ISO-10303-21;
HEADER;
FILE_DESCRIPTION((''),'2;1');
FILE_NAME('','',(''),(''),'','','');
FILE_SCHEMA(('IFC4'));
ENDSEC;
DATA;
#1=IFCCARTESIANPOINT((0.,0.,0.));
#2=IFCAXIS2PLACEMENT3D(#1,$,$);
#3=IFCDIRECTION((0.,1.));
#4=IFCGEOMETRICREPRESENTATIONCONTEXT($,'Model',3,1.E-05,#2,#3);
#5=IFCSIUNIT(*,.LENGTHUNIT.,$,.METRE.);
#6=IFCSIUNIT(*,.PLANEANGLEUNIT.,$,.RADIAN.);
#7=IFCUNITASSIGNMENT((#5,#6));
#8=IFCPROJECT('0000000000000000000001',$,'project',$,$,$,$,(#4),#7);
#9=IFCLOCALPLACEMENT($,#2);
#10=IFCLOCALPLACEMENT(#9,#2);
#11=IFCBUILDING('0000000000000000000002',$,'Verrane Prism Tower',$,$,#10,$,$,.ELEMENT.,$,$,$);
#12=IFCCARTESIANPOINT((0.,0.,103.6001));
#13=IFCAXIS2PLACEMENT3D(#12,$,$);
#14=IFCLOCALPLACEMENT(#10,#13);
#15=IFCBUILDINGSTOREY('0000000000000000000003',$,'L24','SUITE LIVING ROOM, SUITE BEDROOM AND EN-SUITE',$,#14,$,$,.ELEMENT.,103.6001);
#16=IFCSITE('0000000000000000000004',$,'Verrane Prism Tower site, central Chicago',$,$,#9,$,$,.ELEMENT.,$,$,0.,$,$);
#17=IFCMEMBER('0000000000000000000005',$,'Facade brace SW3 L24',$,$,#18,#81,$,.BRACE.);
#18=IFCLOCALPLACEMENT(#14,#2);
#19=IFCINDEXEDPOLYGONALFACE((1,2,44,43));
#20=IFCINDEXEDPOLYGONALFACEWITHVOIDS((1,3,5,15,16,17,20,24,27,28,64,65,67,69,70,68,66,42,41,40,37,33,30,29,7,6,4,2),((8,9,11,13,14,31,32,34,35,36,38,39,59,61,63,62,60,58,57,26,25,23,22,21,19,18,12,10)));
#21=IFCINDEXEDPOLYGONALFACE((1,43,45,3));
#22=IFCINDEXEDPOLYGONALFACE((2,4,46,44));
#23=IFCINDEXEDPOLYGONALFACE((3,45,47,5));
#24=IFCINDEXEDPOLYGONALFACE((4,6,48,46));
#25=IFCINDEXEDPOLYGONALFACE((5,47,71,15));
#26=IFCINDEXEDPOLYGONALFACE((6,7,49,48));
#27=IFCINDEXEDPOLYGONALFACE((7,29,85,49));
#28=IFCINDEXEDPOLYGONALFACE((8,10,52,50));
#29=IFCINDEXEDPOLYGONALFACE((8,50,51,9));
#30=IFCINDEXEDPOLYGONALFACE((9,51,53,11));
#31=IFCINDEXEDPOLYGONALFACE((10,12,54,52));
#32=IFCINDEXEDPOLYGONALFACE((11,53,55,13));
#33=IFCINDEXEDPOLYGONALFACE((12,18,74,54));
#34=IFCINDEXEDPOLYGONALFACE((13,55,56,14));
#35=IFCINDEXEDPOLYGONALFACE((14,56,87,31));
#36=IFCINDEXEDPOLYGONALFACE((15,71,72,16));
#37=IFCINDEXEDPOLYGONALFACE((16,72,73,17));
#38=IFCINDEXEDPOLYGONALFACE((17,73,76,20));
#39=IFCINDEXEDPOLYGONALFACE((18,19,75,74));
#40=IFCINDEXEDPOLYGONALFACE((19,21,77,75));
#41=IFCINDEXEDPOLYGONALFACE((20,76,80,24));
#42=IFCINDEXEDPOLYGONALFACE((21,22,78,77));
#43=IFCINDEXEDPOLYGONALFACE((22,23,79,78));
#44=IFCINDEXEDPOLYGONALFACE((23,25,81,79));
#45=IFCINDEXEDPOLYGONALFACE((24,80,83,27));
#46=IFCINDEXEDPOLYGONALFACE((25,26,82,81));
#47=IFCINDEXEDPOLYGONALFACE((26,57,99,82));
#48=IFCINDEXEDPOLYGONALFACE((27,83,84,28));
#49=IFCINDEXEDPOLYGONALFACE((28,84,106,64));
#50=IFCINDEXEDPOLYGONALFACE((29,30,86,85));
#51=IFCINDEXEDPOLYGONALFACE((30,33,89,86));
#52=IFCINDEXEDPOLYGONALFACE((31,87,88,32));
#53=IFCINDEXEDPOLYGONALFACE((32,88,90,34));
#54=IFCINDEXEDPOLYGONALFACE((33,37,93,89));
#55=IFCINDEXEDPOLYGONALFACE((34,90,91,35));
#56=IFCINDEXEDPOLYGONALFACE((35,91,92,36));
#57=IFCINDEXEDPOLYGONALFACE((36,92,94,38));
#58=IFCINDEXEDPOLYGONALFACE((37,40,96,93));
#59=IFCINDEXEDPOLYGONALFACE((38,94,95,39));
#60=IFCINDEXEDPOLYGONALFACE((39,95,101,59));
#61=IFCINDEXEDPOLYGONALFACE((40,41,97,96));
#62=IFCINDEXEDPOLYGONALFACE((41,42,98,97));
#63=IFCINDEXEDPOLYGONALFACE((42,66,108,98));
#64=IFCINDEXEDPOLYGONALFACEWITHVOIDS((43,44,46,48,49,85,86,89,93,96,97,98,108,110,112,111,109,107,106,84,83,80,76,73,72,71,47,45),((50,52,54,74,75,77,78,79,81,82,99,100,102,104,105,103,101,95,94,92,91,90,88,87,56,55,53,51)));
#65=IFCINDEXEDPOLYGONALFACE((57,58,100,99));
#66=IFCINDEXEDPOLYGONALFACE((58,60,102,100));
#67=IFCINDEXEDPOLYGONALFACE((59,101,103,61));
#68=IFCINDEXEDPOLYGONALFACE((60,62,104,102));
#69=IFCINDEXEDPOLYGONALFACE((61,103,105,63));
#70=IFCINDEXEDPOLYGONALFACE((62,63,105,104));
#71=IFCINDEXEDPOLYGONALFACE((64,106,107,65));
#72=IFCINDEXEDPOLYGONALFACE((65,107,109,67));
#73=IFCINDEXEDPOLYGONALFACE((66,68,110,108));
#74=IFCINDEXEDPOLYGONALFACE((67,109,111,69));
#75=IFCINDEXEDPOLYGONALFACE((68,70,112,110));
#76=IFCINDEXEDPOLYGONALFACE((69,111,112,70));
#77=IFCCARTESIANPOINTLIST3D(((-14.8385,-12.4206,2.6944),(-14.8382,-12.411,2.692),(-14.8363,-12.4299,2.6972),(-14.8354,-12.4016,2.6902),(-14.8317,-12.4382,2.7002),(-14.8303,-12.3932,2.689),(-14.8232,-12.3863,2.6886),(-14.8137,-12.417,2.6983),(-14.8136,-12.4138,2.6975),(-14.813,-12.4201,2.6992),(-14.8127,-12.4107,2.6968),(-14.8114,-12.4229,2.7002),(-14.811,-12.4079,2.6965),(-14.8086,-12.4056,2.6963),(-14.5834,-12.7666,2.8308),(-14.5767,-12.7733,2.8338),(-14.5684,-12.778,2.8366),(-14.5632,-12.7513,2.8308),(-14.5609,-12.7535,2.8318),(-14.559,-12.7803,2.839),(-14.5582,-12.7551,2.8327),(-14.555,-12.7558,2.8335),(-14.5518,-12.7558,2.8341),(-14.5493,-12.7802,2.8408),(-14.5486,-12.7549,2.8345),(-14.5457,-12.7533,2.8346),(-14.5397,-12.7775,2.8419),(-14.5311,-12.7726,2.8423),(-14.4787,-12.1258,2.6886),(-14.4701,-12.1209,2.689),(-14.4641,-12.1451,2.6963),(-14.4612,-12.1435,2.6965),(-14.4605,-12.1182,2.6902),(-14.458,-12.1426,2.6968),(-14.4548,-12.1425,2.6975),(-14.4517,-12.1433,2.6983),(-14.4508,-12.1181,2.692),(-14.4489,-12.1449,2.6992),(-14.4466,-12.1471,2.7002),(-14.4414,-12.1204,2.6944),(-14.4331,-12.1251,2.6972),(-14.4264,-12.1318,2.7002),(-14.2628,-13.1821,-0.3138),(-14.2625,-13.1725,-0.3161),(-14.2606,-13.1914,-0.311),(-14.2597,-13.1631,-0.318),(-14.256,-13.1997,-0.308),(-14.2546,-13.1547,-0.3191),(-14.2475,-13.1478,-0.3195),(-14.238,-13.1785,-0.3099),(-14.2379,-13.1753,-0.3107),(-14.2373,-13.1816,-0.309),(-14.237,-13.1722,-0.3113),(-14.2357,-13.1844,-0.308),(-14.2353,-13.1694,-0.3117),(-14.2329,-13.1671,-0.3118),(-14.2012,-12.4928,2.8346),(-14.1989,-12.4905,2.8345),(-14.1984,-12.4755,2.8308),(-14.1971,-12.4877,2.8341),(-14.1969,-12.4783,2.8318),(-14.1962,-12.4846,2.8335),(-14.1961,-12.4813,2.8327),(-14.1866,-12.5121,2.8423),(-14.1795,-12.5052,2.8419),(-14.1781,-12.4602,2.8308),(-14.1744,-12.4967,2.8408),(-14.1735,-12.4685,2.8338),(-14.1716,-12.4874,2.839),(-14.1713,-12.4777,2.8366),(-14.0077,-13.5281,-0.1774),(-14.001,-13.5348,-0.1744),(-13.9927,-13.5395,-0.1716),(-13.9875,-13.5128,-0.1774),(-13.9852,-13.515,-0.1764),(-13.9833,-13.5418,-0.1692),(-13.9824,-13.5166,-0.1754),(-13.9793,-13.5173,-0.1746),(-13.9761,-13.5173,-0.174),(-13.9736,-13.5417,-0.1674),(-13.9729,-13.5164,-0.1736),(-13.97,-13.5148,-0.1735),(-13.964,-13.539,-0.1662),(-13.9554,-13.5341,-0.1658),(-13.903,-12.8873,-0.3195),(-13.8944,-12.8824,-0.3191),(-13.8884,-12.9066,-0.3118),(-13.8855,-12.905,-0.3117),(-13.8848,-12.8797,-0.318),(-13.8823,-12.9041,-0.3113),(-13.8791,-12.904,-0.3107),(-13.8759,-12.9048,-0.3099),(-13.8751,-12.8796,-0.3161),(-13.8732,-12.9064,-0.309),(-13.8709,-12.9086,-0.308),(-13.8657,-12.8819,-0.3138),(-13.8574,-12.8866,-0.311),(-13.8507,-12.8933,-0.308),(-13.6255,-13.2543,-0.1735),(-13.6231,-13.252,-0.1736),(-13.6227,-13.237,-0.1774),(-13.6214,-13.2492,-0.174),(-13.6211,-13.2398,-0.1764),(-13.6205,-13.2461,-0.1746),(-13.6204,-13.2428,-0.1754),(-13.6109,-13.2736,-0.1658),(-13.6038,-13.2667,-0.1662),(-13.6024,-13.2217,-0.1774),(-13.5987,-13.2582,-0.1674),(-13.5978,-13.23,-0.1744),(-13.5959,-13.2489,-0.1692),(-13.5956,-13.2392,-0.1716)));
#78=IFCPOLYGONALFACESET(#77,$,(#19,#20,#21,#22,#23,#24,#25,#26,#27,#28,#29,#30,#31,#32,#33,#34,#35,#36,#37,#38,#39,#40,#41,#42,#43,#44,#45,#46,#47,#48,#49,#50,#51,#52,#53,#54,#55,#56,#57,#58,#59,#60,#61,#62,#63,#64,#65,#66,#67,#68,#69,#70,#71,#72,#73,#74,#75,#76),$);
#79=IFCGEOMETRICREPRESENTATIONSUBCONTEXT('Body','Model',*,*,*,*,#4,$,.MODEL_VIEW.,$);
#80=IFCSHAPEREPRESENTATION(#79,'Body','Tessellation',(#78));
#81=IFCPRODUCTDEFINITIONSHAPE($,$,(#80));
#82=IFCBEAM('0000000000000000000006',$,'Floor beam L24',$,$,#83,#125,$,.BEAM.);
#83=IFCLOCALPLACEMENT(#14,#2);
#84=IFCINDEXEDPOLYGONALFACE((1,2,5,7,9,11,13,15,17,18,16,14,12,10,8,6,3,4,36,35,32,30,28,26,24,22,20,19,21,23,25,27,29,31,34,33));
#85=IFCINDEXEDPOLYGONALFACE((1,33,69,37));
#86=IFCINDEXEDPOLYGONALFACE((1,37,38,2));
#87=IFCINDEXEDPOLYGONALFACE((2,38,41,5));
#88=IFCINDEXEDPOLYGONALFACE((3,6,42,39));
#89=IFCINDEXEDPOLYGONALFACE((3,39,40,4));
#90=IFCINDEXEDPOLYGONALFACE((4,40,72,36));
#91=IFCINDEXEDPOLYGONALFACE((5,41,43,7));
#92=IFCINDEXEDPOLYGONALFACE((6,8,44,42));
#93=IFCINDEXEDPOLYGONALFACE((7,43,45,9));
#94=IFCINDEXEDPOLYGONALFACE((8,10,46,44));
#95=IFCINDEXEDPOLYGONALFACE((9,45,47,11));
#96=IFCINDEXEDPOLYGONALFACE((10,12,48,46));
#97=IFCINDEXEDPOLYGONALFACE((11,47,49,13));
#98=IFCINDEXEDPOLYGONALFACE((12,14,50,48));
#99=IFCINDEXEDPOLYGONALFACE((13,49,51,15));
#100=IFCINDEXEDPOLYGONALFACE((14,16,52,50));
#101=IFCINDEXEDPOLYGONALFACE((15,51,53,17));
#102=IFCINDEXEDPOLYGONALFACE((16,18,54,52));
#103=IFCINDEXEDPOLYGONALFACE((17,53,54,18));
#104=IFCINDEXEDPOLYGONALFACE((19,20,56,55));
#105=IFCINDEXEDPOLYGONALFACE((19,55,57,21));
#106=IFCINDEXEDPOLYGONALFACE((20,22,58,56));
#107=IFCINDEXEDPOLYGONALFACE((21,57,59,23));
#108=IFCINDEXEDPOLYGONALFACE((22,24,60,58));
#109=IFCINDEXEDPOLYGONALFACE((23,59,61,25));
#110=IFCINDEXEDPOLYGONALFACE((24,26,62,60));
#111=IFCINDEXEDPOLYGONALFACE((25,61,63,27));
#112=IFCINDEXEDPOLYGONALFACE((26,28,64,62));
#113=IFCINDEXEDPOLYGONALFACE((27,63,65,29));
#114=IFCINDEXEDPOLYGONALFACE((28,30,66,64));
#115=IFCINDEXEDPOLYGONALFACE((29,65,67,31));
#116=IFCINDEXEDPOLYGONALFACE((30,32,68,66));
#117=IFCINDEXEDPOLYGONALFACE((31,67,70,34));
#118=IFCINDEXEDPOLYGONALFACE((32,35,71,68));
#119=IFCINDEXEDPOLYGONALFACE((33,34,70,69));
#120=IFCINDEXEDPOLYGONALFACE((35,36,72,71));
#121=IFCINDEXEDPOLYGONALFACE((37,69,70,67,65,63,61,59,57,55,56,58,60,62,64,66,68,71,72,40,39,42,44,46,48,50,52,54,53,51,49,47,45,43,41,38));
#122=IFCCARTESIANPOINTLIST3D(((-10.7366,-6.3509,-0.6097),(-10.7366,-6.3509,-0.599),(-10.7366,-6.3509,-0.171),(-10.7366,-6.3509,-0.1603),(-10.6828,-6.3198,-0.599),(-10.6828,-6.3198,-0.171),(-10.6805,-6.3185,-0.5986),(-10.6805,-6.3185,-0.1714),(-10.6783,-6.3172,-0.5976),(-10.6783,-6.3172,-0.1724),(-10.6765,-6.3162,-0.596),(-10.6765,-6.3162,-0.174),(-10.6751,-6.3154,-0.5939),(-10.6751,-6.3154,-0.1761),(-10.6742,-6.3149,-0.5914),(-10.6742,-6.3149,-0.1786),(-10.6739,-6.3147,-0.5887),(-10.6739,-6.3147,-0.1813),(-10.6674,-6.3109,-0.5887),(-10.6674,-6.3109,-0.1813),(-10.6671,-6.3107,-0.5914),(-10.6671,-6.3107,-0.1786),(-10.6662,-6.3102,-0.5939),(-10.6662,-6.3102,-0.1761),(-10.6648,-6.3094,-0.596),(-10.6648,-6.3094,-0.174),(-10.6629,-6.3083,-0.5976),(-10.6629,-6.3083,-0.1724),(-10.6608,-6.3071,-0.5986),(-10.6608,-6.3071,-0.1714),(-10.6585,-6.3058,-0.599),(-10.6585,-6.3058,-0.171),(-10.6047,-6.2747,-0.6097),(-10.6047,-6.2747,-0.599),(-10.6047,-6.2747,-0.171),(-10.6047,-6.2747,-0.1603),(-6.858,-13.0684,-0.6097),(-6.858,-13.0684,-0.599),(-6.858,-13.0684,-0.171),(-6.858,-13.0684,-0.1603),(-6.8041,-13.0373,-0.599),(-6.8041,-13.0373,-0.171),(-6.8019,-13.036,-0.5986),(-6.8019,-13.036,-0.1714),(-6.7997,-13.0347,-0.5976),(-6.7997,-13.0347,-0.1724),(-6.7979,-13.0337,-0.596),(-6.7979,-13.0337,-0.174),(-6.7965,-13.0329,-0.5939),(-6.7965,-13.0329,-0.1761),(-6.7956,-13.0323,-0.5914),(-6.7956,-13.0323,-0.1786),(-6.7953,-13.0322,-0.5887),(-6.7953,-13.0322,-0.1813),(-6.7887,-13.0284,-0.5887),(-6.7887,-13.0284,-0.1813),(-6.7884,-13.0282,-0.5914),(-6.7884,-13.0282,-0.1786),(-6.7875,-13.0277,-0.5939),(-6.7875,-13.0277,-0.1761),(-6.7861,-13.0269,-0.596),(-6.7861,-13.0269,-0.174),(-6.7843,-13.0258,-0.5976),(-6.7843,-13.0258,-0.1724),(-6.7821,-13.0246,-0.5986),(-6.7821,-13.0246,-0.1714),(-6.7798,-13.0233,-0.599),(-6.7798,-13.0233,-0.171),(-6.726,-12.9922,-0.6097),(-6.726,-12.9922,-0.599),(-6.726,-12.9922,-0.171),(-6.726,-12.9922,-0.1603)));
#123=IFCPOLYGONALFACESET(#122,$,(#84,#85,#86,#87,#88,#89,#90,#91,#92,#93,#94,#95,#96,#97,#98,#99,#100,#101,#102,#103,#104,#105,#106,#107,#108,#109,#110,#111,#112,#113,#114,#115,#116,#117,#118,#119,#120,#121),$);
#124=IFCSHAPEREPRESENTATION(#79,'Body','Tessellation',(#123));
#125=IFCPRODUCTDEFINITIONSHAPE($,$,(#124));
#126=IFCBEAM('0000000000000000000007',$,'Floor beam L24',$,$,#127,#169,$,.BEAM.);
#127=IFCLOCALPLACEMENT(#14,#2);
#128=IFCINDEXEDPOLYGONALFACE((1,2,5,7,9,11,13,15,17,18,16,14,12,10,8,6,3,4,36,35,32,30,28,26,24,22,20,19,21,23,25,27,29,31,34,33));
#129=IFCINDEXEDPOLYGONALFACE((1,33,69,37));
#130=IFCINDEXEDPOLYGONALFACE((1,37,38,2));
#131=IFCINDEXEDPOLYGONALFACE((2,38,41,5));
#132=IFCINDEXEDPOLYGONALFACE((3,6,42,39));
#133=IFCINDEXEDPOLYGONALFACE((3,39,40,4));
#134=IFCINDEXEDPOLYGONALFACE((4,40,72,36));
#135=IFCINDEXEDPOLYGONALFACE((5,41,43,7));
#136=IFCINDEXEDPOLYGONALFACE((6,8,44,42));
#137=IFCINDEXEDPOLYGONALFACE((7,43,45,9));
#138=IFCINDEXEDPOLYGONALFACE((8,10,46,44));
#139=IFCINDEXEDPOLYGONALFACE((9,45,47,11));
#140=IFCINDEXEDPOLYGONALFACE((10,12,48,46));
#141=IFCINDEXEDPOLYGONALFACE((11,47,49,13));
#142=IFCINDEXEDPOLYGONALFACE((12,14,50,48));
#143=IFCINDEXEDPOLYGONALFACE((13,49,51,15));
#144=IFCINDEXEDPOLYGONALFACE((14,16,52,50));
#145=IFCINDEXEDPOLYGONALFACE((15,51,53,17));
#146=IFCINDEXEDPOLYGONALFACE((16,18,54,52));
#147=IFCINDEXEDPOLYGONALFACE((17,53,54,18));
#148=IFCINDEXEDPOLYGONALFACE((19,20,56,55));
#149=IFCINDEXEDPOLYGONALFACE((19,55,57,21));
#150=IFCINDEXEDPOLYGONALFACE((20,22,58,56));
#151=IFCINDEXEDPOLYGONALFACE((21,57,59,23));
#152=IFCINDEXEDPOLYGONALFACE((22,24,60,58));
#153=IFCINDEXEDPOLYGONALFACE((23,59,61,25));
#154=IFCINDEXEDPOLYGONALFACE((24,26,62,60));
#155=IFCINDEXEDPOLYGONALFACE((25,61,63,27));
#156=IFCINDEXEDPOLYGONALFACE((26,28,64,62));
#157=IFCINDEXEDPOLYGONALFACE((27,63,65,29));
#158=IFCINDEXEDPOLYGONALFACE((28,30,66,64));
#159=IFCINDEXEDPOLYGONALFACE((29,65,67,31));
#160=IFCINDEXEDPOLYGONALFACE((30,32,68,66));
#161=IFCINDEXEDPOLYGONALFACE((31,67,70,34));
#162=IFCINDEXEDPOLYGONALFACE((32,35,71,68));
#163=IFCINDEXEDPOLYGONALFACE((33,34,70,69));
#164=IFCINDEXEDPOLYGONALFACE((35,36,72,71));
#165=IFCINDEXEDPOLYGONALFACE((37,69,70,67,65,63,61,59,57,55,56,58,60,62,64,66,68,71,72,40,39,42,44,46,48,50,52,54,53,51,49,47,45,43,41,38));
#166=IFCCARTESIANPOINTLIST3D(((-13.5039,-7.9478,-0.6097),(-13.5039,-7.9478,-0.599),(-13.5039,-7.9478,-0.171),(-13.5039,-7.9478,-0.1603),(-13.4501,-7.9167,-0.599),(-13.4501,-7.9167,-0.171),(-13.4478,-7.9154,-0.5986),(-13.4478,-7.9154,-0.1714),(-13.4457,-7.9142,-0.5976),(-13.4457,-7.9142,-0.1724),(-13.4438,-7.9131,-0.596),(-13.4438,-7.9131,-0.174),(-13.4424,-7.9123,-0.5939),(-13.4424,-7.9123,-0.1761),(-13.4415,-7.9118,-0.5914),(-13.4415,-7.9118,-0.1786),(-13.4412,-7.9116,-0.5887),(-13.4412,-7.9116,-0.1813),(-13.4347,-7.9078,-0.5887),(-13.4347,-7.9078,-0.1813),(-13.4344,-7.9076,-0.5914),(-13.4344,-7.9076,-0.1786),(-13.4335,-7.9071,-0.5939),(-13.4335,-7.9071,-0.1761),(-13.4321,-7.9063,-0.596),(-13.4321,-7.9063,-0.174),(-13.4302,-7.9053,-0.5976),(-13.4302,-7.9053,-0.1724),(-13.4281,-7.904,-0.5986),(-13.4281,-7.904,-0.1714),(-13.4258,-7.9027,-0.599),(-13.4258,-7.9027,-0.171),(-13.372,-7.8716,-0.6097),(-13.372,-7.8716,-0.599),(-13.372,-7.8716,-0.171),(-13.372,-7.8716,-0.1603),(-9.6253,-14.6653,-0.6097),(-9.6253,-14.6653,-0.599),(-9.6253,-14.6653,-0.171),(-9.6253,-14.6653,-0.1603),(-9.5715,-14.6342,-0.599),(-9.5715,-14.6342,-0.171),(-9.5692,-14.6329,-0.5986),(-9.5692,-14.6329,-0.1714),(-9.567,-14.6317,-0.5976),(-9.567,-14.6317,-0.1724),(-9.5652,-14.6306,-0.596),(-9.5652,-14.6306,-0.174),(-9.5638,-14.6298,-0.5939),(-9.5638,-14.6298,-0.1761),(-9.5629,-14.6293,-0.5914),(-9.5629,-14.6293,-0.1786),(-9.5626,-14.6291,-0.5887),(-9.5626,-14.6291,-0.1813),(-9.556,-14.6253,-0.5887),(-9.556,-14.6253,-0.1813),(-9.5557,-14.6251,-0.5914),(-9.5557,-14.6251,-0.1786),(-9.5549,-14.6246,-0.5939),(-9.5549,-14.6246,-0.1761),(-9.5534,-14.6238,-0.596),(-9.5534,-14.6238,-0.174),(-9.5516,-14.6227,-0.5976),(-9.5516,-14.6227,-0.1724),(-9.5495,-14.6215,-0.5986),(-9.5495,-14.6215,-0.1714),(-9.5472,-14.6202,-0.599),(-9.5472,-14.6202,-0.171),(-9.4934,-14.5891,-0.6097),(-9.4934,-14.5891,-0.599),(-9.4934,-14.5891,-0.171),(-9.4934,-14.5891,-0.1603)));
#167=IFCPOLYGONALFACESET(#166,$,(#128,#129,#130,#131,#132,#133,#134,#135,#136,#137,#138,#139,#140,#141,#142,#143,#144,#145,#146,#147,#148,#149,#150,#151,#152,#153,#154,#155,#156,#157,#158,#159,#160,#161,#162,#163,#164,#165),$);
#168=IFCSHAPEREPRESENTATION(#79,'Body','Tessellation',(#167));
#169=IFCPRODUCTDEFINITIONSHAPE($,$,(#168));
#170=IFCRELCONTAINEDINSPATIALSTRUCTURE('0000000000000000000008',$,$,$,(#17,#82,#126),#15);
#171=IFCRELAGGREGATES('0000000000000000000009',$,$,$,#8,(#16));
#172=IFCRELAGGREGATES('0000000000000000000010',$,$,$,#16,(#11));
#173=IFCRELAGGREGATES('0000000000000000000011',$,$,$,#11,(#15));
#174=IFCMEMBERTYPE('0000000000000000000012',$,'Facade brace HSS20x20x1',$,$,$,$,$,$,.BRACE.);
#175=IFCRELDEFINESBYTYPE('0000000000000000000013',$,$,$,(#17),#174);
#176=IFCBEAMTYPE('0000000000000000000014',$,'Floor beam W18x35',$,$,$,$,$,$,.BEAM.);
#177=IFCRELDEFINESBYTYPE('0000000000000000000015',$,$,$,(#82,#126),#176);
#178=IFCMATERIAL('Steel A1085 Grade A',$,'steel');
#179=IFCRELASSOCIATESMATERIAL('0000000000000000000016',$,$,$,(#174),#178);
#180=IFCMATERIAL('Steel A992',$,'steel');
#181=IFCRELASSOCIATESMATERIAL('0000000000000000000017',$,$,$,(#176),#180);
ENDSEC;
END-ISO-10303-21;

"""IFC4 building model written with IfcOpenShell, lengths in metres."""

from ifc_helpers import new_model, si_unit, direction, frame, origin, origin_2d, place, context, subcontext, project, spatial, hollow_rectangle, i_section, extrude, material, material_profile, profile_set, type_object, element, save


model = new_model("IFC4")

# Units and contexts
model_context = context("Model", 3, precision=1e-05, world=origin(), true_north=direction((0.0, 1.0)))
body_context = subcontext(model_context, "Body", "Model", "MODEL_VIEW")
ifc_project = project(units=[si_unit("LENGTHUNIT", "METRE"), si_unit("PLANEANGLEUNIT", "RADIAN")], contexts=[model_context])

# Site, building, storey
site_placement = place(None, origin())
site = spatial("IfcSite", under=ifc_project, at=site_placement, Name="Verrane Prism Tower site, central Chicago", CompositionType="ELEMENT", RefElevation=0.0)
building_placement = place(site_placement, origin())
building = spatial("IfcBuilding", under=site, at=building_placement, Name="Verrane Prism Tower", CompositionType="ELEMENT")
storey_placement = place(building_placement, frame((0.0, 0.0, 103.6001)))
storey = spatial("IfcBuildingStorey", under=building, at=storey_placement, Name="L24", Description="SUITE LIVING ROOM, SUITE BEDROOM AND EN-SUITE", CompositionType="ELEMENT", Elevation=103.6001)

# Member
ifc_material_1 = material(Name="Steel A1085 Grade A", Category="steel")
ifc_material_profile_1 = material_profile(ifc_material_1, hollow_rectangle(XDim=0.5081, YDim=0.5081, WallThickness=0.0254, InnerFilletRadius=0.0127, OuterFilletRadius=0.0381, at=origin_2d()), Name="HSS20x20x1")
ifc_profile_set_1 = profile_set([ifc_material_profile_1], Name="Steel A1085 Grade A")
member_type_1 = type_object("IfcMemberType", Name="Facade brace HSS20x20x1", PredefinedType="BRACE", material=ifc_profile_set_1)
member_1_placement = place(storey_placement, frame((-13.9292, -13.2107, -0.2427), z_axis=(-0.182415, 0.241287, 0.953155), x_axis=(-0.797692, -0.603065, 0.0)))
element("IfcMember", 1, at=member_1_placement, inside=storey, type_object=member_type_1, Name="Facade brace SW3 L24", PredefinedType="BRACE", context=body_context, shape_type="SweptSolid", body=[
    extrude(hollow_rectangle(XDim=0.5081, YDim=0.5081, WallThickness=0.0254, InnerFilletRadius=0.0127, OuterFilletRadius=0.0381, at=origin_2d()), origin(), (0.0, 0.0, 1.0), 3.156),
])

# Beams
ifc_material_2 = material(Name="Steel A992", Category="steel")
ifc_material_profile_2 = material_profile(ifc_material_2, i_section(OverallWidth=0.1523, OverallDepth=0.4495, WebThickness=0.0076, FlangeThickness=0.0107, FilletRadius=0.0103, at=origin_2d()), Name="W18x35")
ifc_profile_set_2 = profile_set([ifc_material_profile_2], Name="Steel A992")
beam_type_1 = type_object("IfcBeamType", Name="Floor beam W18x35", PredefinedType="BEAM", material=ifc_profile_set_2)
for number, where, z_axis, x_axis, name in (
    (2, (-6.792, -13.0303, -0.385), (-0.500028, 0.866009, 0.0), (-0.866009, -0.500028, 0.0), "Floor beam L24"),
    (3, (-9.5593, -14.6272, -0.385), (-0.500028, 0.866009, 0.0), (-0.866009, -0.500028, 0.0), "Floor beam L24"),
):
    element("IfcBeam", number, at=place(storey_placement, frame(where, z_axis=z_axis, x_axis=x_axis)), inside=storey, type_object=beam_type_1, Name=name, PredefinedType="BEAM", context=body_context, shape_type="SweptSolid", body=[
        extrude(i_section(OverallWidth=0.1523, OverallDepth=0.4495, WebThickness=0.0076, FlangeThickness=0.0107, FilletRadius=0.0103, at=origin_2d()), origin(), (0.0, 0.0, 1.0), 7.7568),
    ])

save(model, "model.ifc")
